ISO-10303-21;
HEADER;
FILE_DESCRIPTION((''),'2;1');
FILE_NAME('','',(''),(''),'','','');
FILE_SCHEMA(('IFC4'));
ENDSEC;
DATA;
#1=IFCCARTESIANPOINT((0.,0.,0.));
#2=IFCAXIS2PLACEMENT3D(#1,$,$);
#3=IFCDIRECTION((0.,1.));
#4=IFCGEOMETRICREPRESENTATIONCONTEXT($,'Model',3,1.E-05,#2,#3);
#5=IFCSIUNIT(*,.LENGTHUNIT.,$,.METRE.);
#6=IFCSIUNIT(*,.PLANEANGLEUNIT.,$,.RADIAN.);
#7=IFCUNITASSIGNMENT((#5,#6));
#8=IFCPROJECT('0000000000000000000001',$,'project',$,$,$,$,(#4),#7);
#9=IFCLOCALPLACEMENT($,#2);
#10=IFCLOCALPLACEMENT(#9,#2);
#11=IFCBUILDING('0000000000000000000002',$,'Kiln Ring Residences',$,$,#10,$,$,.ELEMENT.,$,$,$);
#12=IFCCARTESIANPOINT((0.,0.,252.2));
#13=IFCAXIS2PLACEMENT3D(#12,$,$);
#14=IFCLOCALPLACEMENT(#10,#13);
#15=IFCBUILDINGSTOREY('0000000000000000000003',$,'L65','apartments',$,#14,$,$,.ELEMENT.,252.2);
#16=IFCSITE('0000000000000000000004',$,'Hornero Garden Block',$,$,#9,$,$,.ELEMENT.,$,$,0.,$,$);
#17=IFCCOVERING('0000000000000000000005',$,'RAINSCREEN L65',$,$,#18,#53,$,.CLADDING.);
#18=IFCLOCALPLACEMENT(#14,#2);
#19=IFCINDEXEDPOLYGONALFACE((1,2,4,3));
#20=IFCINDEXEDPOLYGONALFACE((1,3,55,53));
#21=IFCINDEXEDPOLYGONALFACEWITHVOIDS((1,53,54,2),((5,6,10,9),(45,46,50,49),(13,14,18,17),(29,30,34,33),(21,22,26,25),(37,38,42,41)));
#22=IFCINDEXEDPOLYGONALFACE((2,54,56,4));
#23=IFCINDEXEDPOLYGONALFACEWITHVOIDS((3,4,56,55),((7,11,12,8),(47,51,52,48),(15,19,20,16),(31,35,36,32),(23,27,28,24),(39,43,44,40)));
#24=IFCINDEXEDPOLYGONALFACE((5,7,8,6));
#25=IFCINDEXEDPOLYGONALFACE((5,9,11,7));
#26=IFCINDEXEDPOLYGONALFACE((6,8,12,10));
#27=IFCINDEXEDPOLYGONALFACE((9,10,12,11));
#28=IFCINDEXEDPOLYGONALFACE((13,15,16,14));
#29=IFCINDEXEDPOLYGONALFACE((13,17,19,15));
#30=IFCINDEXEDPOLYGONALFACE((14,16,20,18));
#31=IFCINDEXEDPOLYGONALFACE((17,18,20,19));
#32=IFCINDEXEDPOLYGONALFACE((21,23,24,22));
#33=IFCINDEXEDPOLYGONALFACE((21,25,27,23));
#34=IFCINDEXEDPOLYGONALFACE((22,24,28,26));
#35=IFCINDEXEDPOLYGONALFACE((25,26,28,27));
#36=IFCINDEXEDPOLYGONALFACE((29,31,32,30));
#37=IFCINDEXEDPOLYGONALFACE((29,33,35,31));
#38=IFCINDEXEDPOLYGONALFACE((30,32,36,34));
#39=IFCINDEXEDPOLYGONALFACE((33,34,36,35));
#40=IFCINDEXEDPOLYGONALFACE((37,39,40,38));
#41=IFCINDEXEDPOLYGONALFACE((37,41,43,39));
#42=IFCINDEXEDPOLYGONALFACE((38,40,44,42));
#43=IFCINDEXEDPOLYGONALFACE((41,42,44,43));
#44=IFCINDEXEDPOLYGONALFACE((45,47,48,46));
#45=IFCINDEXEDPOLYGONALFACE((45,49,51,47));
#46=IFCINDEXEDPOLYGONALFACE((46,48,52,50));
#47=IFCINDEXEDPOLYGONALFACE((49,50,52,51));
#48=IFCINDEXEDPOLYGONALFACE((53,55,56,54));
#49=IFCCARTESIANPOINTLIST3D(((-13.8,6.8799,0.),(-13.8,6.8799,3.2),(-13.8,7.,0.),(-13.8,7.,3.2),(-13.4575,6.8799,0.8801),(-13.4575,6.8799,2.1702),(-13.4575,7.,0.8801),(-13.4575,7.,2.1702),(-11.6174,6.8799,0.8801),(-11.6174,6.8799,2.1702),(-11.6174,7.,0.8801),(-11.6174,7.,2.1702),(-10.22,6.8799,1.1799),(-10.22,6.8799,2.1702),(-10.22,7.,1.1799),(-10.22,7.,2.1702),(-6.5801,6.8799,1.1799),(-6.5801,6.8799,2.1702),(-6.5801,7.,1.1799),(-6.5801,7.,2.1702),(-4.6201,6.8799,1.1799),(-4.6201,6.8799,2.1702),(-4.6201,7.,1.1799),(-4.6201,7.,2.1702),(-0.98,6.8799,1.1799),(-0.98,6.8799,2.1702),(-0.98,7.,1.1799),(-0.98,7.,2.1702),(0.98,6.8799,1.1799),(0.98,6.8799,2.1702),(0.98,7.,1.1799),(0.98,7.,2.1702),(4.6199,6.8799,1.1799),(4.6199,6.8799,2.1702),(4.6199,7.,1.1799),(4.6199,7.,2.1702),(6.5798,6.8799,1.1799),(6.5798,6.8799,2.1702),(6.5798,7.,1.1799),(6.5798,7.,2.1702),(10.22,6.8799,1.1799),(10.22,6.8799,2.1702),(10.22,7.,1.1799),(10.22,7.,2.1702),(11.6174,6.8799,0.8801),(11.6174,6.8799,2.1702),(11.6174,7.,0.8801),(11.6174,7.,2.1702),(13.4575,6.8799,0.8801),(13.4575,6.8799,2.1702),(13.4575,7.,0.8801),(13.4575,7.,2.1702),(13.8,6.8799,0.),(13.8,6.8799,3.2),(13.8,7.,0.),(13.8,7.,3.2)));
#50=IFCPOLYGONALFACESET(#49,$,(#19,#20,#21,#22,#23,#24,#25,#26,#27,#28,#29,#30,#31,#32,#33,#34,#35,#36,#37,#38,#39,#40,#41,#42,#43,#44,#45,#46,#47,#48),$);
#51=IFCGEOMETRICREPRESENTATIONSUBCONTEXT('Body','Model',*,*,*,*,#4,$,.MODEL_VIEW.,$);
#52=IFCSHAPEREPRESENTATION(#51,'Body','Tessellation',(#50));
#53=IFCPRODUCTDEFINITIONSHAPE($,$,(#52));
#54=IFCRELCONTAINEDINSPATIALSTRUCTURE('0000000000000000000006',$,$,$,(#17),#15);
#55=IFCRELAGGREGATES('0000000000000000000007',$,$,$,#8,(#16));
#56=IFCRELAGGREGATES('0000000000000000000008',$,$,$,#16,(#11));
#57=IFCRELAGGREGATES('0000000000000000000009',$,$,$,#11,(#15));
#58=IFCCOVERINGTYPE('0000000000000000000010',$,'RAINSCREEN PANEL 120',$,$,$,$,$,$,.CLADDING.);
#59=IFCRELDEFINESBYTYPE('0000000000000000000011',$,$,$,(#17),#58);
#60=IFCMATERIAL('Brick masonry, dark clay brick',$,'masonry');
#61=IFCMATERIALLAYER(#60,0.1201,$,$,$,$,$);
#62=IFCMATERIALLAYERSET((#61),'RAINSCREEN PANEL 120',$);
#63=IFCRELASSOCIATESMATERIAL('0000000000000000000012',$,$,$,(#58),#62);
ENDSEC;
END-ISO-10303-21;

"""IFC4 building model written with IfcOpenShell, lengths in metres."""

from ifc_helpers import new_model, si_unit, direction, frame, origin, place, context, subcontext, project, spatial, polyline, outline, extrude, material, layer, layer_set, type_object, element, save


model = new_model("IFC4")

# Units and contexts
model_context = context("Model", 3, precision=1e-05, world=origin(), true_north=direction((0.0, 1.0)))
body_context = subcontext(model_context, "Body", "Model", "MODEL_VIEW")
ifc_project = project(units=[si_unit("LENGTHUNIT", "METRE"), si_unit("PLANEANGLEUNIT", "RADIAN")], contexts=[model_context])

# Site, building, storey
site_placement = place(None, origin())
site = spatial("IfcSite", under=ifc_project, at=site_placement, Name="Hornero Garden Block", CompositionType="ELEMENT", RefElevation=0.0)
building_placement = place(site_placement, origin())
building = spatial("IfcBuilding", under=site, at=building_placement, Name="Kiln Ring Residences", CompositionType="ELEMENT")
storey_placement = place(building_placement, frame((0.0, 0.0, 252.2)))
storey = spatial("IfcBuildingStorey", under=building, at=storey_placement, Name="L65", Description="apartments", CompositionType="ELEMENT", Elevation=252.2)

# Covering
ifc_material_1 = material(Name="Brick masonry, dark clay brick", Category="masonry")
ifc_layer_1 = layer(ifc_material_1, 0.1201)
ifc_layer_set_1 = layer_set([ifc_layer_1], Name="RAINSCREEN PANEL 120")
covering_type = type_object("IfcCoveringType", Name="RAINSCREEN PANEL 120", PredefinedType="CLADDING", material=ifc_layer_set_1)
covering_placement = place(storey_placement, frame((-13.8, 6.9399, 0.0), z_axis=(0.0, 0.0, 1.0), x_axis=(1.0, 0.0, 0.0)))
element("IfcCovering", 1, at=covering_placement, inside=storey, type_object=covering_type, Name="RAINSCREEN L65", PredefinedType="CLADDING", context=body_context, shape_type="SweptSolid", body=[
    extrude(outline(polyline([(0.0, 0.0), (27.6001, 0.0), (27.6001, 3.2), (0.0, 3.2), (0.0, 0.0)]), holes=[polyline([(2.1826, 0.8801), (2.1826, 2.1702), (0.3425, 2.1702), (0.3425, 0.8801), (2.1826, 0.8801)]), polyline([(25.4175, 0.8801), (27.2576, 0.8801), (27.2576, 2.1702), (25.4175, 2.1702), (25.4175, 0.8801)]), polyline([(3.5801, 1.1799), (7.22, 1.1799), (7.22, 2.1702), (3.5801, 2.1702), (3.5801, 1.1799)]), polyline([(12.8201, 1.1799), (12.8201, 2.1702), (9.1799, 2.1702), (9.1799, 1.1799), (12.8201, 1.1799)]), polyline([(14.78, 1.1799), (18.4199, 1.1799), (18.4199, 2.1702), (14.78, 2.1702), (14.78, 1.1799)]), polyline([(20.3799, 1.1799), (24.02, 1.1799), (24.02, 2.1702), (20.3799, 2.1702), (20.3799, 1.1799)])]), frame((0.0, 0.0601, 0.0), z_axis=(0.0, -1.0, 0.0), x_axis=(1.0, 0.0, 0.0)), (0.0, 0.0, 1.0), 0.1201),
])

save(model, "model.ifc")
